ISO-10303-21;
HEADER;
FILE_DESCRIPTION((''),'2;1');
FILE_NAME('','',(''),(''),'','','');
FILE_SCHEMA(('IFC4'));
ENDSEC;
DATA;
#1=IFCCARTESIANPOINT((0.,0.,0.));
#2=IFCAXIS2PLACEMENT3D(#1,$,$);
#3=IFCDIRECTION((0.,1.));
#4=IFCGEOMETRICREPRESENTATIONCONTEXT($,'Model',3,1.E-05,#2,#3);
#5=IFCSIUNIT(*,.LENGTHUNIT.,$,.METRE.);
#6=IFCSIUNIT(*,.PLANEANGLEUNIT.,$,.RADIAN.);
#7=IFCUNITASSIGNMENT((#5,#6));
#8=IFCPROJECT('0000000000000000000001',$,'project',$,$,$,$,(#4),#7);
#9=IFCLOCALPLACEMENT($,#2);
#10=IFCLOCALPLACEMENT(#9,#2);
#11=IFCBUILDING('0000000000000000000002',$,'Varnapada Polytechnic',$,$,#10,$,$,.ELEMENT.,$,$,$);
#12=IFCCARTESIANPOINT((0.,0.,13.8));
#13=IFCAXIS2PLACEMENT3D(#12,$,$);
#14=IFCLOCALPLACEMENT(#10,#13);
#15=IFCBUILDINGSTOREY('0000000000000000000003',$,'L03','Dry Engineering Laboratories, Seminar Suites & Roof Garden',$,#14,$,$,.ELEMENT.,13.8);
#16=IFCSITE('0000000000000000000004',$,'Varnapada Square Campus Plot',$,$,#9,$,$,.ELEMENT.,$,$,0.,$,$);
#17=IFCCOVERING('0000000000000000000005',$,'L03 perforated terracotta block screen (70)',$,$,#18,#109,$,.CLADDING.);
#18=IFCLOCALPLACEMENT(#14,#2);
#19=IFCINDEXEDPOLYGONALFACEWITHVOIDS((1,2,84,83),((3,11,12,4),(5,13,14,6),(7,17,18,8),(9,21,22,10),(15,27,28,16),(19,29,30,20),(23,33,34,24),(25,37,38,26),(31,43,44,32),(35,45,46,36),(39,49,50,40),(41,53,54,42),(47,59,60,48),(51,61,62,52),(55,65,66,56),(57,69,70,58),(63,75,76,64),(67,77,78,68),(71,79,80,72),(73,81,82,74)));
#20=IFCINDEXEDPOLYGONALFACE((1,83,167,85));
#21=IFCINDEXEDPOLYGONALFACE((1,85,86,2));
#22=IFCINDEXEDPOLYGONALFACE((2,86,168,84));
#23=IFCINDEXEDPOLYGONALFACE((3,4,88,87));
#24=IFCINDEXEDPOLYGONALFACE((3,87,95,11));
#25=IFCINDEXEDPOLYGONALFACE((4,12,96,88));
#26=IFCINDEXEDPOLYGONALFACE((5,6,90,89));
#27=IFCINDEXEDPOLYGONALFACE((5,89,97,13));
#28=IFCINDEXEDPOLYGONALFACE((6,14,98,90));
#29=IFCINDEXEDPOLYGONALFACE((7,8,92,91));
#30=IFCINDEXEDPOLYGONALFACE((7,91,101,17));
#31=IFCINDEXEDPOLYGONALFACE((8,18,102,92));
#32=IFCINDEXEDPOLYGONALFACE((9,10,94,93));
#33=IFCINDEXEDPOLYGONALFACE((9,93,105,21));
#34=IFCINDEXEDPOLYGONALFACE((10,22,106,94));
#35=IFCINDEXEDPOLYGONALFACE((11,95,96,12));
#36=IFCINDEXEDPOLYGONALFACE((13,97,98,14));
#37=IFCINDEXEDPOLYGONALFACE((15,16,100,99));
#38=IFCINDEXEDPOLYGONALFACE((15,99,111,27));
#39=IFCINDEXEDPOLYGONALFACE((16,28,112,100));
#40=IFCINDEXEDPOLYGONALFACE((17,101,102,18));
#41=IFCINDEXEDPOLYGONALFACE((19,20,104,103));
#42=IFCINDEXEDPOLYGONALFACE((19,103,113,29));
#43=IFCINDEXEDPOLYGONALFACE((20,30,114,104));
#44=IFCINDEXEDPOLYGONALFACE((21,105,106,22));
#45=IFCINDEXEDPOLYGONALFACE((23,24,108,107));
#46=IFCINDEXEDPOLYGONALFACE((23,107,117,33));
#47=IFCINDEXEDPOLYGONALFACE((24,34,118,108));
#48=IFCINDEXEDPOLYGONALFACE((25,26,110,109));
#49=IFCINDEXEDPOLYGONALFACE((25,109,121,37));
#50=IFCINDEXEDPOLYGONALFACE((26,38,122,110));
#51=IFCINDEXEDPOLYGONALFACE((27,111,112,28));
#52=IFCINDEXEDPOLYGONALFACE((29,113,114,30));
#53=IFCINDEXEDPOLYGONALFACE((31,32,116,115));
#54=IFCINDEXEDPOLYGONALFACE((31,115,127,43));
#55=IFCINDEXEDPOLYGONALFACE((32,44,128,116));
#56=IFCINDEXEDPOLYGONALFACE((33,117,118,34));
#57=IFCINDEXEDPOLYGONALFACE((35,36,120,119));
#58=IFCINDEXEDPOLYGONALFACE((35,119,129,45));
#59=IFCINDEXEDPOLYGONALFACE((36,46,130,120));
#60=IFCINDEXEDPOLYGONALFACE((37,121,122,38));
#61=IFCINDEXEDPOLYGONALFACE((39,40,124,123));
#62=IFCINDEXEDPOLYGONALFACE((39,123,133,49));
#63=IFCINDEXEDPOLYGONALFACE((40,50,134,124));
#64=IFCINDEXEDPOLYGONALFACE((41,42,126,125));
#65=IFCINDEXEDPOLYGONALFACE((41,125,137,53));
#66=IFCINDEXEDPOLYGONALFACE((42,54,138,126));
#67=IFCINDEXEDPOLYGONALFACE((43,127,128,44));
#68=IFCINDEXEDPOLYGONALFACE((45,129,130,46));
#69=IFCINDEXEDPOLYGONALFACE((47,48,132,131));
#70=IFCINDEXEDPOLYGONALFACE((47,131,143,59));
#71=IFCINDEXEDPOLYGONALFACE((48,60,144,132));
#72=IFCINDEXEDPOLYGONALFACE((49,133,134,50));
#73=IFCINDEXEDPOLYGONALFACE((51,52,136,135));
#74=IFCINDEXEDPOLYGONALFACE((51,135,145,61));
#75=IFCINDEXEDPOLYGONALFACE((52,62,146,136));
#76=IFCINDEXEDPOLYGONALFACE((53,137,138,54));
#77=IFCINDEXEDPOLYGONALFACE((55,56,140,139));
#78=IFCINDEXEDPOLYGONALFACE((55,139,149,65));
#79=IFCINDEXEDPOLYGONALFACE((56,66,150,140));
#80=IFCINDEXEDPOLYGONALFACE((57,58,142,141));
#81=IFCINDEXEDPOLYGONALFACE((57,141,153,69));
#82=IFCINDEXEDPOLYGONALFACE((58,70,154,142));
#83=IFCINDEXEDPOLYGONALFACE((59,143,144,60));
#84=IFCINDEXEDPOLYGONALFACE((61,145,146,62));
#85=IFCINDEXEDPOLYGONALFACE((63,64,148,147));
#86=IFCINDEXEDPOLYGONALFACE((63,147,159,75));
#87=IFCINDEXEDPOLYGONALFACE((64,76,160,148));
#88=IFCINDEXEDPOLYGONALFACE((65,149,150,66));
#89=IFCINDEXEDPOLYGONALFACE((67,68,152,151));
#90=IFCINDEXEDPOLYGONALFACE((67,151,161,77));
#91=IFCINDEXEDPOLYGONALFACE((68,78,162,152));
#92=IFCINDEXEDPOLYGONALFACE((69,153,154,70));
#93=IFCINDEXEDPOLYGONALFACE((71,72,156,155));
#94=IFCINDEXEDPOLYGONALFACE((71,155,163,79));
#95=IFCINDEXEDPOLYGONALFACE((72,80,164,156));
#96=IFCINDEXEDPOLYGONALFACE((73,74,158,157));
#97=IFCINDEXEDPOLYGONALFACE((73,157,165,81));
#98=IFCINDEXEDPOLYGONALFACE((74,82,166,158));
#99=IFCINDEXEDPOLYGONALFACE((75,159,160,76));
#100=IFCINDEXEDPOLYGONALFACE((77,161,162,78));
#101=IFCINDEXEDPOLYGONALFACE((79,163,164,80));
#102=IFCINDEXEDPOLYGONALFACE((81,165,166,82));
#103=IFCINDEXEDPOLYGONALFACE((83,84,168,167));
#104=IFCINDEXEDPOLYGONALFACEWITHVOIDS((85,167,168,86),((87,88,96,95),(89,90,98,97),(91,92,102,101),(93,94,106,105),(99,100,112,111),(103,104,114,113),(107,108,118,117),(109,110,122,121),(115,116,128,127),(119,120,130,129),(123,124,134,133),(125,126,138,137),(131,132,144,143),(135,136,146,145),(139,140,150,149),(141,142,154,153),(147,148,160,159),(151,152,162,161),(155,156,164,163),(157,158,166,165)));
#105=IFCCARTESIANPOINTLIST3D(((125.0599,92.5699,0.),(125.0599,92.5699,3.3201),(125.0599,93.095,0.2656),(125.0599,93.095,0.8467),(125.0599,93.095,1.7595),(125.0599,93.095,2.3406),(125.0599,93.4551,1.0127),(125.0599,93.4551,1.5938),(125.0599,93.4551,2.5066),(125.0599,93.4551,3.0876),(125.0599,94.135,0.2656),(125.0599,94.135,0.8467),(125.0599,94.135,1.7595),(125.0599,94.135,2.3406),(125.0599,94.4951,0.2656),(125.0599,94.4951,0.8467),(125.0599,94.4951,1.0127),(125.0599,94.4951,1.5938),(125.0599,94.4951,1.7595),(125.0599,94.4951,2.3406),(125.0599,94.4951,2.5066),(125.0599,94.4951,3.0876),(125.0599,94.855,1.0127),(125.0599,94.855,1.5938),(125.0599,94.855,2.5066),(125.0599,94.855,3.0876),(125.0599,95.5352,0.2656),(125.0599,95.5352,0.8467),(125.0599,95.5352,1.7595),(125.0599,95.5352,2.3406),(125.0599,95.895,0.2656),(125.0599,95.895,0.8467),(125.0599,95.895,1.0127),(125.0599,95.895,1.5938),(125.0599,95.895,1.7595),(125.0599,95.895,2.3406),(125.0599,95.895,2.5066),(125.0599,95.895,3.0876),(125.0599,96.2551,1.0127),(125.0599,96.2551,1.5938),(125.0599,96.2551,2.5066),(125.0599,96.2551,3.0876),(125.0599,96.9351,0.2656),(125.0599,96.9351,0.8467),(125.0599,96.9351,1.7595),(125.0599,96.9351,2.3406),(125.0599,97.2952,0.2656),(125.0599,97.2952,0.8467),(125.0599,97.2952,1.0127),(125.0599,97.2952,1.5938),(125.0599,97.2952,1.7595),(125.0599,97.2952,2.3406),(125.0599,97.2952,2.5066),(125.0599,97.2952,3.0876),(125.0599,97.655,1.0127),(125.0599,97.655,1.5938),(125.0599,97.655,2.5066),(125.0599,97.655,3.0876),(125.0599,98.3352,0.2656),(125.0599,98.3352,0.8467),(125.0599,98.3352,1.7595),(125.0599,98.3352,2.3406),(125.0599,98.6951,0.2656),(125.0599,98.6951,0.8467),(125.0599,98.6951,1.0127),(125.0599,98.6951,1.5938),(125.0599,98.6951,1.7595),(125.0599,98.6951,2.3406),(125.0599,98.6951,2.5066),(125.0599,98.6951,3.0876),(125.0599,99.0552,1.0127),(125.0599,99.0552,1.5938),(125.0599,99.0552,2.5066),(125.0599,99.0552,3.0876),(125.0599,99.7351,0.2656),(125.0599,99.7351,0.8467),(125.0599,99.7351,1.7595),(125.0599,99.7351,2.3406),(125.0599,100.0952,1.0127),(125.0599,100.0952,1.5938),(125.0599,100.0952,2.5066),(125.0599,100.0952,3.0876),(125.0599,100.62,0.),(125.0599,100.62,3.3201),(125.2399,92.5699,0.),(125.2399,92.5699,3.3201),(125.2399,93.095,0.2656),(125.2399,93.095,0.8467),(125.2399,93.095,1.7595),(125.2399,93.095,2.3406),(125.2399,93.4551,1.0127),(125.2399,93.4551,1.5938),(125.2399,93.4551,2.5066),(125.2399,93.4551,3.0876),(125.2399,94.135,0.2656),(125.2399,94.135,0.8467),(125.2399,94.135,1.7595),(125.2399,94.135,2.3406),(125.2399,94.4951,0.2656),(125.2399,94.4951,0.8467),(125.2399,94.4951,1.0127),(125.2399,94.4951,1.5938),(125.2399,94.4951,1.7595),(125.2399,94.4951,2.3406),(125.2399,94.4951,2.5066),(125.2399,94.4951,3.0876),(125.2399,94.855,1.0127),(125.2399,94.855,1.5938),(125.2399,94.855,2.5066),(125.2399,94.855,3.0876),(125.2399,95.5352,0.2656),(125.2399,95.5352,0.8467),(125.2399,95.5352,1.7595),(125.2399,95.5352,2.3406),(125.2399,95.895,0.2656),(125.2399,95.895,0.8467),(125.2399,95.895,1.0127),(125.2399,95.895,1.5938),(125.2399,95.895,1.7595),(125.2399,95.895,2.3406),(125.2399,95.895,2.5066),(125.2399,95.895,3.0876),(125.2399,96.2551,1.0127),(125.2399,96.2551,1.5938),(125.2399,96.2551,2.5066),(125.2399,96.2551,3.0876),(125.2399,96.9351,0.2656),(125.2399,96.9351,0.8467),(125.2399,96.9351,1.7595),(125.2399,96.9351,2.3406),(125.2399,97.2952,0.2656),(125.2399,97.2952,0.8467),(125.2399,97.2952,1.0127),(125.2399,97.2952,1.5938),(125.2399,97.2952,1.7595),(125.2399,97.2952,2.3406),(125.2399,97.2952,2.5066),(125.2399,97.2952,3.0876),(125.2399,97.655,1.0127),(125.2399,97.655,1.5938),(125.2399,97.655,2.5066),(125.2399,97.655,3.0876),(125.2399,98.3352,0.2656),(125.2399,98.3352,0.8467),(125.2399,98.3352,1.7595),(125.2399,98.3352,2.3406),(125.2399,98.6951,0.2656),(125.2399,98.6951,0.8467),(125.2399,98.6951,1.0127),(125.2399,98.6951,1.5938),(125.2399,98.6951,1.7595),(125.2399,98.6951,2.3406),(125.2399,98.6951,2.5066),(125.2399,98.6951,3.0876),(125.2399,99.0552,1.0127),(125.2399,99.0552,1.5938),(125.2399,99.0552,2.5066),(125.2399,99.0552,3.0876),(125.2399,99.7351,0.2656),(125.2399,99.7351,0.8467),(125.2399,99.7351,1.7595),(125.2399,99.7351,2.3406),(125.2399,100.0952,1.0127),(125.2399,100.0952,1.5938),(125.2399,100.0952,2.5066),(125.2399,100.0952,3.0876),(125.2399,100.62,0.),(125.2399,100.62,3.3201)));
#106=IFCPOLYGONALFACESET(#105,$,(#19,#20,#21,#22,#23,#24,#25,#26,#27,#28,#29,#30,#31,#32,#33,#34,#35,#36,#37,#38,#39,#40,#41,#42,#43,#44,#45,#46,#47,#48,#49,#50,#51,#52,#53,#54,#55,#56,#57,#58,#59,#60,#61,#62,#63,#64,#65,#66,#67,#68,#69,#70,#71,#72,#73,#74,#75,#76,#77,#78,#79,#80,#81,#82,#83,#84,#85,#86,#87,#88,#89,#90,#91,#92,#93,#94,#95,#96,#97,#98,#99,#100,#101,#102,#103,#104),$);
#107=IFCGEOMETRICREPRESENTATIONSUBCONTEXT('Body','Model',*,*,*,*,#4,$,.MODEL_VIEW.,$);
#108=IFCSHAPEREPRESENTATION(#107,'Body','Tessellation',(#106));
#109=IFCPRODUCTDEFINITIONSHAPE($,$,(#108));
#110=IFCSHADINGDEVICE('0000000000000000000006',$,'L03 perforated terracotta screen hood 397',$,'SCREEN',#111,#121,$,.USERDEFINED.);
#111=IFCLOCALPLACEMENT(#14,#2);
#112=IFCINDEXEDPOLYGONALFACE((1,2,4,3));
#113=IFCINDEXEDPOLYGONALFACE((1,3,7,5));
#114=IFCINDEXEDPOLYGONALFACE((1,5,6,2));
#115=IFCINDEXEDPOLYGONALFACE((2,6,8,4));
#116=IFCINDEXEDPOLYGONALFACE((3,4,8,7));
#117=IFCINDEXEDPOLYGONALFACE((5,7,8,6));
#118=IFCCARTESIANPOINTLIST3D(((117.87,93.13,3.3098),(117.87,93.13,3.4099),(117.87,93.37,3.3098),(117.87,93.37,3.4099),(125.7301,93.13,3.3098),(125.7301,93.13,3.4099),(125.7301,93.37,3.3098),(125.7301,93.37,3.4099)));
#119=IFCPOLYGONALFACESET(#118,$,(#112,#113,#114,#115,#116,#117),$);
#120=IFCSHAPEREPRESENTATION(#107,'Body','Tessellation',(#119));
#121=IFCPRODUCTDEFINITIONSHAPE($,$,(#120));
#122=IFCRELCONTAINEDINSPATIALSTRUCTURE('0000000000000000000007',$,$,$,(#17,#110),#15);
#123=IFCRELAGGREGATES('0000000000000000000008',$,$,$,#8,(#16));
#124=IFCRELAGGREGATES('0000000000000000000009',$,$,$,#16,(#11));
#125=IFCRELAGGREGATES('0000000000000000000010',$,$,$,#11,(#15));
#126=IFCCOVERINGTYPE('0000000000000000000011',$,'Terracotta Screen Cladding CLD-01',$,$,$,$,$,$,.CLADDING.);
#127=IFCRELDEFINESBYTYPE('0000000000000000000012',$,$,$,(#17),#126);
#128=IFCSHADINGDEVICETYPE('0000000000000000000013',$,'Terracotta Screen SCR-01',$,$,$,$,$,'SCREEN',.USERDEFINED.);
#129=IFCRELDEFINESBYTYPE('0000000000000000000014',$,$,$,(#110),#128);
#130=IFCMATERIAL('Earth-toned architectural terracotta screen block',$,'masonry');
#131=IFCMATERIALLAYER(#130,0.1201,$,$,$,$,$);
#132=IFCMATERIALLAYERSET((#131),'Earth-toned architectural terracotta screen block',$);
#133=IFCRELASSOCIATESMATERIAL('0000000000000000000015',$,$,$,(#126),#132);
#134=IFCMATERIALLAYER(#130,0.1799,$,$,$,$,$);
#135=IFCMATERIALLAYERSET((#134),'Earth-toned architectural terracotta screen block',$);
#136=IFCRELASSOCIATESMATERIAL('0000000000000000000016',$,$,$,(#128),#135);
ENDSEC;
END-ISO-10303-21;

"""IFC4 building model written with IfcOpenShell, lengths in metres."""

from ifc_helpers import new_model, si_unit, direction, frame, frame_2d, origin, origin_2d, place, context, subcontext, project, spatial, rectangle, extrude, material, layer, layer_set, type_object, element, save


model = new_model("IFC4")

# Units and contexts
model_context = context("Model", 3, precision=1e-05, world=origin(), true_north=direction((0.0, 1.0)))
body_context = subcontext(model_context, "Body", "Model", "MODEL_VIEW")
ifc_project = project(units=[si_unit("LENGTHUNIT", "METRE"), si_unit("PLANEANGLEUNIT", "RADIAN")], contexts=[model_context])

# Site, building, storey
site_placement = place(None, origin())
site = spatial("IfcSite", under=ifc_project, at=site_placement, Name="Varnapada Square Campus Plot", CompositionType="ELEMENT", RefElevation=0.0)
building_placement = place(site_placement, origin())
building = spatial("IfcBuilding", under=site, at=building_placement, Name="Varnapada Polytechnic", CompositionType="ELEMENT")
storey_placement = place(building_placement, frame((0.0, 0.0, 13.8)))
storey = spatial("IfcBuildingStorey", under=building, at=storey_placement, Name="L03", Description="Dry Engineering Laboratories, Seminar Suites & Roof Garden", CompositionType="ELEMENT", Elevation=13.8)

# Covering, openings
ifc_material_1 = material(Name="Earth-toned architectural terracotta screen block", Category="masonry")
ifc_layer_1 = layer(ifc_material_1, 0.1201)
ifc_layer_set_1 = layer_set([ifc_layer_1], Name="Earth-toned architectural terracotta screen block")
covering_type = type_object("IfcCoveringType", Name="Terracotta Screen Cladding CLD-01", PredefinedType="CLADDING", material=ifc_layer_set_1)
covering_placement = place(storey_placement, frame((125.1499, 92.5701, 0.0), z_axis=(0.0, 0.0, 1.0), x_axis=(0.0, 1.0, 0.0)))
covering = element("IfcCovering", 1, at=covering_placement, inside=storey, type_object=covering_type, Name="L03 perforated terracotta block screen (70)", PredefinedType="CLADDING", context=body_context, shape_type="SweptSolid", body=[
    extrude(rectangle(XDim=8.05, YDim=0.1799, at=frame_2d((4.0249, 0.0))), origin(), (0.0, 0.0, 1.0), 3.3201),
])
opening_1_placement = place(covering_placement, frame((0.5249, 0.0, 0.2656)))
element("IfcOpeningElement", 2, at=opening_1_placement, cuts=covering, PredefinedType="OPENING", context=body_context, shape_type="SweptSolid", body=[
    extrude(rectangle(XDim=1.04, YDim=0.5811, at=frame_2d((0.52, 0.2905))), frame((0.0, 0.0999, 0.0), z_axis=(0.0, -1.0, 0.0), x_axis=(1.0, 0.0, 0.0)), (0.0, 0.0, 1.0), 0.2),
])
opening_2_placement = place(covering_placement, frame((1.925, 0.0, 0.2656)))
element("IfcOpeningElement", 3, at=opening_2_placement, cuts=covering, PredefinedType="OPENING", context=body_context, shape_type="SweptSolid", body=[
    extrude(rectangle(XDim=1.04, YDim=0.5811, at=frame_2d((0.52, 0.2905))), frame((0.0, 0.0999, 0.0), z_axis=(0.0, -1.0, 0.0), x_axis=(1.0, 0.0, 0.0)), (0.0, 0.0, 1.0), 0.2),
])
opening_3_placement = place(covering_placement, frame((3.325, 0.0, 0.2656)))
element("IfcOpeningElement", 4, at=opening_3_placement, cuts=covering, PredefinedType="OPENING", context=body_context, shape_type="SweptSolid", body=[
    extrude(rectangle(XDim=1.04, YDim=0.5811, at=frame_2d((0.52, 0.2905))), frame((0.0, 0.0999, 0.0), z_axis=(0.0, -1.0, 0.0), x_axis=(1.0, 0.0, 0.0)), (0.0, 0.0, 1.0), 0.2),
])
opening_4_placement = place(covering_placement, frame((4.7251, 0.0, 0.2656)))
element("IfcOpeningElement", 5, at=opening_4_placement, cuts=covering, PredefinedType="OPENING", context=body_context, shape_type="SweptSolid", body=[
    extrude(rectangle(XDim=1.04, YDim=0.5811, at=frame_2d((0.52, 0.2905))), frame((0.0, 0.0999, 0.0), z_axis=(0.0, -1.0, 0.0), x_axis=(1.0, 0.0, 0.0)), (0.0, 0.0, 1.0), 0.2),
])
opening_5_placement = place(covering_placement, frame((6.125, 0.0, 0.2656)))
element("IfcOpeningElement", 6, at=opening_5_placement, cuts=covering, PredefinedType="OPENING", context=body_context, shape_type="SweptSolid", body=[
    extrude(rectangle(XDim=1.04, YDim=0.5811, at=frame_2d((0.52, 0.2905))), frame((0.0, 0.0999, 0.0), z_axis=(0.0, -1.0, 0.0), x_axis=(1.0, 0.0, 0.0)), (0.0, 0.0, 1.0), 0.2),
])
opening_6_placement = place(covering_placement, frame((0.885, 0.0, 1.0127)))
element("IfcOpeningElement", 7, at=opening_6_placement, cuts=covering, PredefinedType="OPENING", context=body_context, shape_type="SweptSolid", body=[
    extrude(rectangle(XDim=1.04, YDim=0.5811, at=frame_2d((0.52, 0.2905))), frame((0.0, 0.0999, 0.0), z_axis=(0.0, -1.0, 0.0), x_axis=(1.0, 0.0, 0.0)), (0.0, 0.0, 1.0), 0.2),
])
opening_7_placement = place(covering_placement, frame((2.2849, 0.0, 1.0127)))
element("IfcOpeningElement", 8, at=opening_7_placement, cuts=covering, PredefinedType="OPENING", context=body_context, shape_type="SweptSolid", body=[
    extrude(rectangle(XDim=1.04, YDim=0.5811, at=frame_2d((0.52, 0.2905))), frame((0.0, 0.0999, 0.0), z_axis=(0.0, -1.0, 0.0), x_axis=(1.0, 0.0, 0.0)), (0.0, 0.0, 1.0), 0.2),
])
opening_8_placement = place(covering_placement, frame((3.6851, 0.0, 1.0127)))
element("IfcOpeningElement", 9, at=opening_8_placement, cuts=covering, PredefinedType="OPENING", context=body_context, shape_type="SweptSolid", body=[
    extrude(rectangle(XDim=1.04, YDim=0.5811, at=frame_2d((0.52, 0.2905))), frame((0.0, 0.0999, 0.0), z_axis=(0.0, -1.0, 0.0), x_axis=(1.0, 0.0, 0.0)), (0.0, 0.0, 1.0), 0.2),
])
opening_9_placement = place(covering_placement, frame((5.085, 0.0, 1.0127)))
element("IfcOpeningElement", 10, at=opening_9_placement, cuts=covering, PredefinedType="OPENING", context=body_context, shape_type="SweptSolid", body=[
    extrude(rectangle(XDim=1.04, YDim=0.5811, at=frame_2d((0.52, 0.2905))), frame((0.0, 0.0999, 0.0), z_axis=(0.0, -1.0, 0.0), x_axis=(1.0, 0.0, 0.0)), (0.0, 0.0, 1.0), 0.2),
])
opening_10_placement = place(covering_placement, frame((6.4851, 0.0, 1.0127)))
element("IfcOpeningElement", 11, at=opening_10_placement, cuts=covering, PredefinedType="OPENING", context=body_context, shape_type="SweptSolid", body=[
    extrude(rectangle(XDim=1.04, YDim=0.5811, at=frame_2d((0.52, 0.2905))), frame((0.0, 0.0999, 0.0), z_axis=(0.0, -1.0, 0.0), x_axis=(1.0, 0.0, 0.0)), (0.0, 0.0, 1.0), 0.2),
])
opening_11_placement = place(covering_placement, frame((0.5249, 0.0, 1.7595)))
element("IfcOpeningElement", 12, at=opening_11_placement, cuts=covering, PredefinedType="OPENING", context=body_context, shape_type="SweptSolid", body=[
    extrude(rectangle(XDim=1.04, YDim=0.5811, at=frame_2d((0.52, 0.2905))), frame((0.0, 0.0999, 0.0), z_axis=(0.0, -1.0, 0.0), x_axis=(1.0, 0.0, 0.0)), (0.0, 0.0, 1.0), 0.2),
])
opening_12_placement = place(covering_placement, frame((1.925, 0.0, 1.7595)))
element("IfcOpeningElement", 13, at=opening_12_placement, cuts=covering, PredefinedType="OPENING", context=body_context, shape_type="SweptSolid", body=[
    extrude(rectangle(XDim=1.04, YDim=0.5811, at=frame_2d((0.52, 0.2905))), frame((0.0, 0.0999, 0.0), z_axis=(0.0, -1.0, 0.0), x_axis=(1.0, 0.0, 0.0)), (0.0, 0.0, 1.0), 0.2),
])
opening_13_placement = place(covering_placement, frame((3.325, 0.0, 1.7595)))
element("IfcOpeningElement", 14, at=opening_13_placement, cuts=covering, PredefinedType="OPENING", context=body_context, shape_type="SweptSolid", body=[
    extrude(rectangle(XDim=1.04, YDim=0.5811, at=frame_2d((0.52, 0.2905))), frame((0.0, 0.0999, 0.0), z_axis=(0.0, -1.0, 0.0), x_axis=(1.0, 0.0, 0.0)), (0.0, 0.0, 1.0), 0.2),
])
opening_14_placement = place(covering_placement, frame((4.7251, 0.0, 1.7595)))
element("IfcOpeningElement", 15, at=opening_14_placement, cuts=covering, PredefinedType="OPENING", context=body_context, shape_type="SweptSolid", body=[
    extrude(rectangle(XDim=1.04, YDim=0.5811, at=frame_2d((0.52, 0.2905))), frame((0.0, 0.0999, 0.0), z_axis=(0.0, -1.0, 0.0), x_axis=(1.0, 0.0, 0.0)), (0.0, 0.0, 1.0), 0.2),
])
opening_15_placement = place(covering_placement, frame((6.125, 0.0, 1.7595)))
element("IfcOpeningElement", 16, at=opening_15_placement, cuts=covering, PredefinedType="OPENING", context=body_context, shape_type="SweptSolid", body=[
    extrude(rectangle(XDim=1.04, YDim=0.5811, at=frame_2d((0.52, 0.2905))), frame((0.0, 0.0999, 0.0), z_axis=(0.0, -1.0, 0.0), x_axis=(1.0, 0.0, 0.0)), (0.0, 0.0, 1.0), 0.2),
])
opening_16_placement = place(covering_placement, frame((0.885, 0.0, 2.5066)))
element("IfcOpeningElement", 17, at=opening_16_placement, cuts=covering, PredefinedType="OPENING", context=body_context, shape_type="SweptSolid", body=[
    extrude(rectangle(XDim=1.04, YDim=0.5811, at=frame_2d((0.52, 0.2905))), frame((0.0, 0.0999, 0.0), z_axis=(0.0, -1.0, 0.0), x_axis=(1.0, 0.0, 0.0)), (0.0, 0.0, 1.0), 0.2),
])
opening_17_placement = place(covering_placement, frame((2.2849, 0.0, 2.5066)))
element("IfcOpeningElement", 18, at=opening_17_placement, cuts=covering, PredefinedType="OPENING", context=body_context, shape_type="SweptSolid", body=[
    extrude(rectangle(XDim=1.04, YDim=0.5811, at=frame_2d((0.52, 0.2905))), frame((0.0, 0.0999, 0.0), z_axis=(0.0, -1.0, 0.0), x_axis=(1.0, 0.0, 0.0)), (0.0, 0.0, 1.0), 0.2),
])
opening_18_placement = place(covering_placement, frame((3.6851, 0.0, 2.5066)))
element("IfcOpeningElement", 19, at=opening_18_placement, cuts=covering, PredefinedType="OPENING", context=body_context, shape_type="SweptSolid", body=[
    extrude(rectangle(XDim=1.04, YDim=0.5811, at=frame_2d((0.52, 0.2905))), frame((0.0, 0.0999, 0.0), z_axis=(0.0, -1.0, 0.0), x_axis=(1.0, 0.0, 0.0)), (0.0, 0.0, 1.0), 0.2),
])
opening_19_placement = place(covering_placement, frame((5.085, 0.0, 2.5066)))
element("IfcOpeningElement", 20, at=opening_19_placement, cuts=covering, PredefinedType="OPENING", context=body_context, shape_type="SweptSolid", body=[
    extrude(rectangle(XDim=1.04, YDim=0.5811, at=frame_2d((0.52, 0.2905))), frame((0.0, 0.0999, 0.0), z_axis=(0.0, -1.0, 0.0), x_axis=(1.0, 0.0, 0.0)), (0.0, 0.0, 1.0), 0.2),
])
opening_20_placement = place(covering_placement, frame((6.4851, 0.0, 2.5066)))
element("IfcOpeningElement", 21, at=opening_20_placement, cuts=covering, PredefinedType="OPENING", context=body_context, shape_type="SweptSolid", body=[
    extrude(rectangle(XDim=1.04, YDim=0.5811, at=frame_2d((0.52, 0.2905))), frame((0.0, 0.0999, 0.0), z_axis=(0.0, -1.0, 0.0), x_axis=(1.0, 0.0, 0.0)), (0.0, 0.0, 1.0), 0.2),
])

# Shading device
ifc_layer_2 = layer(ifc_material_1, 0.1799)
ifc_layer_set_2 = layer_set([ifc_layer_2], Name="Earth-toned architectural terracotta screen block")
shading_device_type_1 = type_object("IfcShadingDeviceType", Name="Terracotta Screen SCR-01", ElementType="SCREEN", PredefinedType="USERDEFINED", material=ifc_layer_set_2)
shading_device_1_placement = place(storey_placement, frame((121.8, 93.25, 3.3098), z_axis=(0.0, 0.0, 1.0), x_axis=(1.0, 0.0, 0.0)))
element("IfcShadingDevice", 22, at=shading_device_1_placement, inside=storey, type_object=shading_device_type_1, Name="L03 perforated terracotta screen hood 397", ObjectType="SCREEN", PredefinedType="USERDEFINED", context=body_context, shape_type="SweptSolid", body=[
    extrude(rectangle(XDim=7.8601, YDim=0.24, at=origin_2d()), origin(), (0.0, 0.0, 1.0), 0.1001),
])

save(model, "model.ifc")
